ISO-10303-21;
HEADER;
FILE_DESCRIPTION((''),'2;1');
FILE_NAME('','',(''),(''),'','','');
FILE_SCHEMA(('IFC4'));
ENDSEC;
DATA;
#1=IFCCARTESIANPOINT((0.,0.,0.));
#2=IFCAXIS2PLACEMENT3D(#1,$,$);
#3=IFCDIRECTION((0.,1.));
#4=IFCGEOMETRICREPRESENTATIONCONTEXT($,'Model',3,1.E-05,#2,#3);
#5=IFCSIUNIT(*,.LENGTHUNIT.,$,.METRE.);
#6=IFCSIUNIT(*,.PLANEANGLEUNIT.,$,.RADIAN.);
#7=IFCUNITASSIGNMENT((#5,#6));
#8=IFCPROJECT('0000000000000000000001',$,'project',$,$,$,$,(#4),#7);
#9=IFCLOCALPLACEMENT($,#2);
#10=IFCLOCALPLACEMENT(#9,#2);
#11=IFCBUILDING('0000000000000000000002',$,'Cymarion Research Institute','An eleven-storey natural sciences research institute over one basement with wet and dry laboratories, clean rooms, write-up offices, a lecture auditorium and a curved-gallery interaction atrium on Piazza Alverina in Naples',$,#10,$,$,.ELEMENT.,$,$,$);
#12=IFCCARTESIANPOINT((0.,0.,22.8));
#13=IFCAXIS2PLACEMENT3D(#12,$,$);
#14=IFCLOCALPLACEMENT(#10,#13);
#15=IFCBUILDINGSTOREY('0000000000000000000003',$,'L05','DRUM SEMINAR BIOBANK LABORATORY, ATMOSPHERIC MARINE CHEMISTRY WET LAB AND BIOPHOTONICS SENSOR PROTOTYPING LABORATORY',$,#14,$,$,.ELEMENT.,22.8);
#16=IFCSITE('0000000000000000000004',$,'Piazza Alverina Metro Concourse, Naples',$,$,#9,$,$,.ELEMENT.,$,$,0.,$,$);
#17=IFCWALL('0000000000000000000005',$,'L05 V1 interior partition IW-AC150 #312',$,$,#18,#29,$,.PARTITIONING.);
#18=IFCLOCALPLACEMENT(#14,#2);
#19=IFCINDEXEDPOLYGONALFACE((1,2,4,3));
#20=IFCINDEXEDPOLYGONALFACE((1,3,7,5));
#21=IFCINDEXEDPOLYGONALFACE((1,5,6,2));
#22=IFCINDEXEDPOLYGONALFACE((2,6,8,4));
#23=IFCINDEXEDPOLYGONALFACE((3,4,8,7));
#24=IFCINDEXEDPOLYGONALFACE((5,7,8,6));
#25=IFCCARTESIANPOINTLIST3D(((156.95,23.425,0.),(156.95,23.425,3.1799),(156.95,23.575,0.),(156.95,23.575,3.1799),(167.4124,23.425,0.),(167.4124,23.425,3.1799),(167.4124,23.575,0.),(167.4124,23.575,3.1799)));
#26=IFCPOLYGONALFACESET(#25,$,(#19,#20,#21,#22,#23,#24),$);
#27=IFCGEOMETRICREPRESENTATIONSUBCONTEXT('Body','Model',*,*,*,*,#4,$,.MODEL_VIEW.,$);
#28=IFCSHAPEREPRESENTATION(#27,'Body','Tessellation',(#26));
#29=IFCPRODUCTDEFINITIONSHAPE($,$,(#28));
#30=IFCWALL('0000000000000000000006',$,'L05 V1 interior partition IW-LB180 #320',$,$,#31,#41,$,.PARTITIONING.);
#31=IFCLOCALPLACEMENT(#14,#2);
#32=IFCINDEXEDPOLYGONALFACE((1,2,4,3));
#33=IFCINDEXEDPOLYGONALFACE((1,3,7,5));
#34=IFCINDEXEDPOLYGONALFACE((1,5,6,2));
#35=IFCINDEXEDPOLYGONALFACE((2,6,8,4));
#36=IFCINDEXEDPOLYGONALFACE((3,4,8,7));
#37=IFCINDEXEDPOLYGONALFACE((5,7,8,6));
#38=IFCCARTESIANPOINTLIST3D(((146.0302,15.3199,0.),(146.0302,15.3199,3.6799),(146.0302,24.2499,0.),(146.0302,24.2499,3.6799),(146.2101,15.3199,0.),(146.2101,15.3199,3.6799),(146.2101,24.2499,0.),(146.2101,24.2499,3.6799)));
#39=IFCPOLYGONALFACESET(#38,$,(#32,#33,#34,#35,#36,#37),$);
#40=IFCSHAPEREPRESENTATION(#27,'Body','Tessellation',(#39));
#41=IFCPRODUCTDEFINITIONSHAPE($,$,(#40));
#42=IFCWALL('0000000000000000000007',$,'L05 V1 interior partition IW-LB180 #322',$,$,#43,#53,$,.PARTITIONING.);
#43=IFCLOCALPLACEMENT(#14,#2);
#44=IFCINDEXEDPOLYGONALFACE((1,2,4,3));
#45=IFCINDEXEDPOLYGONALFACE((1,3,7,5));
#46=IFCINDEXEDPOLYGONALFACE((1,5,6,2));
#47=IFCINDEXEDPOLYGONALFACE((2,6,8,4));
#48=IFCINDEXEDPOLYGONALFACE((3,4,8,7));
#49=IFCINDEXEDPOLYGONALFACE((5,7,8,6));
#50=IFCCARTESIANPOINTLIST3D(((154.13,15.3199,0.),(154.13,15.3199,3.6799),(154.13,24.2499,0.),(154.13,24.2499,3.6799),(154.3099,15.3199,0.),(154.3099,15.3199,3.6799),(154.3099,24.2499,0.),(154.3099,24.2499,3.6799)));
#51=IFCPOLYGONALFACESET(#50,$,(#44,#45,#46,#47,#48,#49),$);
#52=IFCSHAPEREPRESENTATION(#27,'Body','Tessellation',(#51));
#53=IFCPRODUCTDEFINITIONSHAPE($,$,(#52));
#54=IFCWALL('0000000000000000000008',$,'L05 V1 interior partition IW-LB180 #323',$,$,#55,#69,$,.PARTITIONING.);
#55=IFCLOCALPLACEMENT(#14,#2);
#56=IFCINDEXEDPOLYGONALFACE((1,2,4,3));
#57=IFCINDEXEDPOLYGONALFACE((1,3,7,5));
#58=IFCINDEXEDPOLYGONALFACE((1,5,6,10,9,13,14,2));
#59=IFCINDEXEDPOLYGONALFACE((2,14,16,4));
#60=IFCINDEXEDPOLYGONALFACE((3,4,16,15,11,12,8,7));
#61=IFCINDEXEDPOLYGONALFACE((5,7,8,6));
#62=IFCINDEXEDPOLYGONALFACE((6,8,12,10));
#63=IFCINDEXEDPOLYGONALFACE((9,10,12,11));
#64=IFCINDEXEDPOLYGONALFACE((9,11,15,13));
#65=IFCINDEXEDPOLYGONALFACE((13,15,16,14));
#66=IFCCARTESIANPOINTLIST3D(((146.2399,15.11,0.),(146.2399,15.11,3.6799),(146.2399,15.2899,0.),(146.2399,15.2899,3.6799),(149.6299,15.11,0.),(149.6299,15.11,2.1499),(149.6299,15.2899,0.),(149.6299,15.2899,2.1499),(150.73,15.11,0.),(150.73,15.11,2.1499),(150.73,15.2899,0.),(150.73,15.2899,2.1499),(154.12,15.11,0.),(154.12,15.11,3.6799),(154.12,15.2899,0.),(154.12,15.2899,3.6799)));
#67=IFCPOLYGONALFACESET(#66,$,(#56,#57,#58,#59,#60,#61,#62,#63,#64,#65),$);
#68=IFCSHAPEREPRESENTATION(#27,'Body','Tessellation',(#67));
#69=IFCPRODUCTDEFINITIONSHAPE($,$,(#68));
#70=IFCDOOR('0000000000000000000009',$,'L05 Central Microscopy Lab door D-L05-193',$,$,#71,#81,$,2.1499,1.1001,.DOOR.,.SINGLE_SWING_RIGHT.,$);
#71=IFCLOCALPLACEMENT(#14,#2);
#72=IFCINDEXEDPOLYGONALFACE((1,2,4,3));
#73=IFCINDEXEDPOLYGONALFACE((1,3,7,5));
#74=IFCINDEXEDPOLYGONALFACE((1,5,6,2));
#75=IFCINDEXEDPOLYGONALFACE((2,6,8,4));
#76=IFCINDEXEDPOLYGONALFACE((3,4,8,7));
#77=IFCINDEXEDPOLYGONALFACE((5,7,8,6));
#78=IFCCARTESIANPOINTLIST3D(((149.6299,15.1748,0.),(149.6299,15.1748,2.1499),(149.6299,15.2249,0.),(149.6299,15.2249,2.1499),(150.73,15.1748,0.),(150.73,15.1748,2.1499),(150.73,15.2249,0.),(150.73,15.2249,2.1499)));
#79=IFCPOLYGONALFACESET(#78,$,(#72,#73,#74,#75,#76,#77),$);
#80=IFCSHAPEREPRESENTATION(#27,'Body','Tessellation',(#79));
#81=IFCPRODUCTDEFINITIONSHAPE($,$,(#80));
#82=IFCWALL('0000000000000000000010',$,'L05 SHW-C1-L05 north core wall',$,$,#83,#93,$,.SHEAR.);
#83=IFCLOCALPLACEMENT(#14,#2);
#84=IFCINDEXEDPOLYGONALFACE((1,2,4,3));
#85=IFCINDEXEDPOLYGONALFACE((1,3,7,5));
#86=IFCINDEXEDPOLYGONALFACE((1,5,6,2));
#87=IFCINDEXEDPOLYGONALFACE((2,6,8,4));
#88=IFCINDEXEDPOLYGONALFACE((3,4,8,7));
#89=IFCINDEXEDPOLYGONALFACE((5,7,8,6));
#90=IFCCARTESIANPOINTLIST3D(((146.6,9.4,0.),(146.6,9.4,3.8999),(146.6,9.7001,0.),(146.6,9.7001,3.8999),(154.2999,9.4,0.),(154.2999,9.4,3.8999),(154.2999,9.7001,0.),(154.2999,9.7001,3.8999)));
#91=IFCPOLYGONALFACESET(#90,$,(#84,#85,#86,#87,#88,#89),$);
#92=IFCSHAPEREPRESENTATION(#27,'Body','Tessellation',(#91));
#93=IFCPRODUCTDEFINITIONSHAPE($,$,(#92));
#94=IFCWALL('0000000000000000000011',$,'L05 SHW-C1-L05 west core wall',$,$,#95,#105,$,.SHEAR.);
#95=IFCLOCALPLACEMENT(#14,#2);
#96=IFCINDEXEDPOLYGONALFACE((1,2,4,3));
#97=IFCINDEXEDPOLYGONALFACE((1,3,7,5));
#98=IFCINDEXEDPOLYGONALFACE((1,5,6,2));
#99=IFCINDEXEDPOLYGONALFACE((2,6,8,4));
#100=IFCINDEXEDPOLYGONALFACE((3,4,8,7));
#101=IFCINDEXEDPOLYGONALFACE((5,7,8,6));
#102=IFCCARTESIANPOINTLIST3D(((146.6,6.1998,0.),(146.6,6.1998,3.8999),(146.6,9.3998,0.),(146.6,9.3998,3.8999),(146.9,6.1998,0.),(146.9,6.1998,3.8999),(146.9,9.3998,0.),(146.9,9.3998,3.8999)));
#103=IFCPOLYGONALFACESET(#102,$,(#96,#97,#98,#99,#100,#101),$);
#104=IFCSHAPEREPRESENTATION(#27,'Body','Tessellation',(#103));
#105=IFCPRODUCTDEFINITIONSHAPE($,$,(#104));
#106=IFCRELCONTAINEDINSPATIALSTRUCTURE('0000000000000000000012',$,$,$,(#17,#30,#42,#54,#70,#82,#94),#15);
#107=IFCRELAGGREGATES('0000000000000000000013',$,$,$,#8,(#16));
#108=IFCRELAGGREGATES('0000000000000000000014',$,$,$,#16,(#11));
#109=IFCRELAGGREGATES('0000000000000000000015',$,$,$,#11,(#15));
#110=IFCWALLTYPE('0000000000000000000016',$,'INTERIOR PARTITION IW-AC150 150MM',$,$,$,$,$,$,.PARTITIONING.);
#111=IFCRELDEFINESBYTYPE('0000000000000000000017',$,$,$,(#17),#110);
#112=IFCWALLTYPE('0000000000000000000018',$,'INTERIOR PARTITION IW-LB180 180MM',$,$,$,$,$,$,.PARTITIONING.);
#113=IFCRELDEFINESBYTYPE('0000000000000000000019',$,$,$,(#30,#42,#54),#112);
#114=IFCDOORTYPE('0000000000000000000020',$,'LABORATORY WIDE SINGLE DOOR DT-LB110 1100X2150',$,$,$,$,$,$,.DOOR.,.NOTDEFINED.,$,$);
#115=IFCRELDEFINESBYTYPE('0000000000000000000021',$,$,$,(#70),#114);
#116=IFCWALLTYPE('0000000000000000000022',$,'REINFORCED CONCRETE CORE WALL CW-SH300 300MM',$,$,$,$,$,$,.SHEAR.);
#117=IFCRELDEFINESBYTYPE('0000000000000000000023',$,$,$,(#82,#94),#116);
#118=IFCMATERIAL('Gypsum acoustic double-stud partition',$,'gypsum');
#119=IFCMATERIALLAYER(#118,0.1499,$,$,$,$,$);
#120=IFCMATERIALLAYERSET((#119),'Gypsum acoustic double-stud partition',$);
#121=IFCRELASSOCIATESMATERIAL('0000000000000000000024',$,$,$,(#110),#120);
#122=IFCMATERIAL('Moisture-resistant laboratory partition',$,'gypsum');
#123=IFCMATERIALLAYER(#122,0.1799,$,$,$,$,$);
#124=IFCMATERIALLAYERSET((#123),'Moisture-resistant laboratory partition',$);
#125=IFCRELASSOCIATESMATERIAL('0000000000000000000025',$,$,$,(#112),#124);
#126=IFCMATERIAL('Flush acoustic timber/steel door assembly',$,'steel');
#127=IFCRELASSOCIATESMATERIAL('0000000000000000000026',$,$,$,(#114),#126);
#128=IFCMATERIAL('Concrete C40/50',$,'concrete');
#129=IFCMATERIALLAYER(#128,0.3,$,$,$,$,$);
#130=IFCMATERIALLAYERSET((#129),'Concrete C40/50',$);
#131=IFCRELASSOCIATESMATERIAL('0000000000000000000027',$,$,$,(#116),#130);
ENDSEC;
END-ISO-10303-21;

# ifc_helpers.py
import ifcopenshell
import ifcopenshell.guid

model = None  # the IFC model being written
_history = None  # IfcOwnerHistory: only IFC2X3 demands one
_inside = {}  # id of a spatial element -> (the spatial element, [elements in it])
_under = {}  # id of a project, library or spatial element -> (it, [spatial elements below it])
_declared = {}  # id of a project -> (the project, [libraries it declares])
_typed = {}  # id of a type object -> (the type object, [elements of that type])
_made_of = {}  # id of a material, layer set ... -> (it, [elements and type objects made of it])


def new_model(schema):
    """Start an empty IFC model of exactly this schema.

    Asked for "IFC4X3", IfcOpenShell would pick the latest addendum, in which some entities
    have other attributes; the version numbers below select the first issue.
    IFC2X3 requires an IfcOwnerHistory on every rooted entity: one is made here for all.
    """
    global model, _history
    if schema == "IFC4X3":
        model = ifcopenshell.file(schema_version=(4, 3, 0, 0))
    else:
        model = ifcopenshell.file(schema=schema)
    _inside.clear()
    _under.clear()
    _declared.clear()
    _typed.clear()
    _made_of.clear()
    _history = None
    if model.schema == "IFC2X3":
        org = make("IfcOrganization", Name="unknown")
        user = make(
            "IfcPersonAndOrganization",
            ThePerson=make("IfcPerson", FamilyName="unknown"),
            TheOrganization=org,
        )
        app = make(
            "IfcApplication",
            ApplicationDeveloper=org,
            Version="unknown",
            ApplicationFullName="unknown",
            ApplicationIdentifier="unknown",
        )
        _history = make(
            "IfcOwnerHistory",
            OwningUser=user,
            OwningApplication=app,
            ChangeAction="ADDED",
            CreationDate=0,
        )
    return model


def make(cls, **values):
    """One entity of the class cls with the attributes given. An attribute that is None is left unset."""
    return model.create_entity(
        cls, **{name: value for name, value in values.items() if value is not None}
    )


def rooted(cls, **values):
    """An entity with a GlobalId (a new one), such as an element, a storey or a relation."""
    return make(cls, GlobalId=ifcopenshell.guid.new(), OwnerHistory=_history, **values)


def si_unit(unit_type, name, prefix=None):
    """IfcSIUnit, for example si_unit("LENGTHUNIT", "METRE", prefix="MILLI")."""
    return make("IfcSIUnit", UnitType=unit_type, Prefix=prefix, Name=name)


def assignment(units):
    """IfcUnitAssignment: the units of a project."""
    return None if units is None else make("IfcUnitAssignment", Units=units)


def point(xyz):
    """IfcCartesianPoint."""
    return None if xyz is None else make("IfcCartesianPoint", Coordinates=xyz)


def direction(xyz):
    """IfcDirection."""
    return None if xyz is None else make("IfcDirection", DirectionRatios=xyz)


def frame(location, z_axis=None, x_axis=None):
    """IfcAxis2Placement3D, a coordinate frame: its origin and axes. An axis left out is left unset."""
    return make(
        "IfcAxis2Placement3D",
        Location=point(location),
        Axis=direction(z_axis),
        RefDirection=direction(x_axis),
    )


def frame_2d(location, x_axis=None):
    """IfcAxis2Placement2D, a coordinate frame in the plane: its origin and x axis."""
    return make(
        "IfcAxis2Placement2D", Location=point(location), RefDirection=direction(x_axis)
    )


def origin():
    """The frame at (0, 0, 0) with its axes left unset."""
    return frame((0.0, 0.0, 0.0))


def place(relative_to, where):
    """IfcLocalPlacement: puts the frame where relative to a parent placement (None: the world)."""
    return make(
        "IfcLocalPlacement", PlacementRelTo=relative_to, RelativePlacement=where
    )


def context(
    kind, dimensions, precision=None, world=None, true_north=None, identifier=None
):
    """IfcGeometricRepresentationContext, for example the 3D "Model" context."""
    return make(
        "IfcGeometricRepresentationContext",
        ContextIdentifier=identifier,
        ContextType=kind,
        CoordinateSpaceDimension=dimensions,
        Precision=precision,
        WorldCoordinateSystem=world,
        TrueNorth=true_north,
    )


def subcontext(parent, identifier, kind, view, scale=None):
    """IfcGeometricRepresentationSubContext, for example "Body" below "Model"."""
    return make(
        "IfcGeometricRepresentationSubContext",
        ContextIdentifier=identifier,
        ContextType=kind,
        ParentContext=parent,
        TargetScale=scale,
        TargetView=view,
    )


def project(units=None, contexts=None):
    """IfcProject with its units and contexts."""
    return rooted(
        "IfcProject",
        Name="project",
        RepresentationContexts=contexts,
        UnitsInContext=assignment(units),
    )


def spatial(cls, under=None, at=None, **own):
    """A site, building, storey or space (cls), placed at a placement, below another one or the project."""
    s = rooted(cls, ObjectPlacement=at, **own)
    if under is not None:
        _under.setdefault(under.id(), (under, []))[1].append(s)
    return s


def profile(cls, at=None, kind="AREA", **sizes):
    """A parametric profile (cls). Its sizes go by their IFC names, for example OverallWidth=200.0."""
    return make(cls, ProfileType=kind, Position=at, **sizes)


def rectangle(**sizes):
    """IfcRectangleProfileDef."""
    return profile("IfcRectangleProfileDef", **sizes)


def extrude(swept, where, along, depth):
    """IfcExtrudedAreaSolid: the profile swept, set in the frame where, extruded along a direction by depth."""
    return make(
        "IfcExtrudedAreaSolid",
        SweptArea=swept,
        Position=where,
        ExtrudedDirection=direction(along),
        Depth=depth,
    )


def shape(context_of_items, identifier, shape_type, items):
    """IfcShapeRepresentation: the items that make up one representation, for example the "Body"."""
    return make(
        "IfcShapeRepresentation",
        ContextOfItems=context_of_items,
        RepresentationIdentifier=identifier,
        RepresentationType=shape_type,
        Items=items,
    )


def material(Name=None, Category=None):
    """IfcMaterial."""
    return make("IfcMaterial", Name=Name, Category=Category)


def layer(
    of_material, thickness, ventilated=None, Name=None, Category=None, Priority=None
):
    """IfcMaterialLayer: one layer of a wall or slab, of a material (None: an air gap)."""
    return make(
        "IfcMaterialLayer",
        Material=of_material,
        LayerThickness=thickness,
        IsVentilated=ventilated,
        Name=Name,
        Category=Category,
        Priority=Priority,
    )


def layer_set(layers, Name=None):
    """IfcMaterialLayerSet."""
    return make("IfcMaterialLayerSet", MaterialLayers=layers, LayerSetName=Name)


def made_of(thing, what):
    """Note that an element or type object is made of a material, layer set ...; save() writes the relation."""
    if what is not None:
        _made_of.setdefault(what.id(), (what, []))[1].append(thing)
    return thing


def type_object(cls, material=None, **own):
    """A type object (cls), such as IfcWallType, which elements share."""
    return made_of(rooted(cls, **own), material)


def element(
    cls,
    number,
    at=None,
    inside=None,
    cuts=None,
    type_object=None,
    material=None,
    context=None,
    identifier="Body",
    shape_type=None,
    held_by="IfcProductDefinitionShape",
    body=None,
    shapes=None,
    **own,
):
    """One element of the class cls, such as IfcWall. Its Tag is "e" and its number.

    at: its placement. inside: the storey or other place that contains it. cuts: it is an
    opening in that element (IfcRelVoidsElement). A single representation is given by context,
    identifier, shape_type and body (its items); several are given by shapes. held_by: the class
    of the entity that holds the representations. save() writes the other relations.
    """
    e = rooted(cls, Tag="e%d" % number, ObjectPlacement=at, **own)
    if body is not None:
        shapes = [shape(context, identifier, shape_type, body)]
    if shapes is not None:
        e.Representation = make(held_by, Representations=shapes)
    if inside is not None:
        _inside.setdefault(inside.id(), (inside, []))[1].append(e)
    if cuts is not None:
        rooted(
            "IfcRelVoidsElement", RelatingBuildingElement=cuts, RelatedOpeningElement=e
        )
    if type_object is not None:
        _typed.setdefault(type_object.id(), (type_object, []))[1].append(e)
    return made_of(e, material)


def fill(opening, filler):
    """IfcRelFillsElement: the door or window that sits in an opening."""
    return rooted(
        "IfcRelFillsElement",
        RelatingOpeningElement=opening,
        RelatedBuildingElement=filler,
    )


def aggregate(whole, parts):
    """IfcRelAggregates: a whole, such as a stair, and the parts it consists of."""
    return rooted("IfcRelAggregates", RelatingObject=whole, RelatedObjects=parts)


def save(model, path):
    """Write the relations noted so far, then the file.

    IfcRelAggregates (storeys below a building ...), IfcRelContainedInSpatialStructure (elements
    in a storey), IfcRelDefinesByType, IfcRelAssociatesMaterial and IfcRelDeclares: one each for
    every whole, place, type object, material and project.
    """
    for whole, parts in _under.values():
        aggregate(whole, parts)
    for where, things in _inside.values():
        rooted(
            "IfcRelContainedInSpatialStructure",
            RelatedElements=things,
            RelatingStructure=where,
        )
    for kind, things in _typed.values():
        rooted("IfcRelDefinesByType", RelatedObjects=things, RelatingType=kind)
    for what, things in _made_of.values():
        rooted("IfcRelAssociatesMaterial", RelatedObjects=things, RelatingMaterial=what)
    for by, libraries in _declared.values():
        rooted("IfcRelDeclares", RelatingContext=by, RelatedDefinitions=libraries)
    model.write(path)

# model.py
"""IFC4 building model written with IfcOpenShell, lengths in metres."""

from ifc_helpers import new_model, si_unit, direction, frame, frame_2d, origin, place, context, subcontext, project, spatial, rectangle, extrude, material, layer, layer_set, type_object, element, fill, save


model = new_model("IFC4")

# Units and contexts
model_context = context("Model", 3, precision=1e-05, world=origin(), true_north=direction((0.0, 1.0)))
body_context = subcontext(model_context, "Body", "Model", "MODEL_VIEW")
ifc_project = project(units=[si_unit("LENGTHUNIT", "METRE"), si_unit("PLANEANGLEUNIT", "RADIAN")], contexts=[model_context])

# Site, building, storey
site_placement = place(None, origin())
site = spatial("IfcSite", under=ifc_project, at=site_placement, Name="Piazza Alverina Metro Concourse, Naples", CompositionType="ELEMENT", RefElevation=0.0)
building_placement = place(site_placement, origin())
building = spatial("IfcBuilding", under=site, at=building_placement, Name="Cymarion Research Institute", Description="An eleven-storey natural sciences research institute over one basement with wet and dry laboratories, clean rooms, write-up offices, a lecture auditorium and a curved-gallery interaction atrium on Piazza Alverina in Naples", CompositionType="ELEMENT")
storey_placement = place(building_placement, frame((0.0, 0.0, 22.8)))
storey = spatial("IfcBuildingStorey", under=building, at=storey_placement, Name="L05", Description="DRUM SEMINAR BIOBANK LABORATORY, ATMOSPHERIC MARINE CHEMISTRY WET LAB AND BIOPHOTONICS SENSOR PROTOTYPING LABORATORY", CompositionType="ELEMENT", Elevation=22.8)

# Walls
ifc_material_1 = material(Name="Gypsum acoustic double-stud partition", Category="gypsum")
ifc_layer_1 = layer(ifc_material_1, 0.1499)
ifc_layer_set_1 = layer_set([ifc_layer_1], Name="Gypsum acoustic double-stud partition")
wall_type_1 = type_object("IfcWallType", Name="INTERIOR PARTITION IW-AC150 150MM", PredefinedType="PARTITIONING", material=ifc_layer_set_1)
wall_1_placement = place(storey_placement, frame((156.95, 23.5, 0.0), z_axis=(0.0, 0.0, 1.0), x_axis=(1.0, 0.0, 0.0)))
element("IfcWall", 1, at=wall_1_placement, inside=storey, type_object=wall_type_1, Name="L05 V1 interior partition IW-AC150 #312", PredefinedType="PARTITIONING", context=body_context, shape_type="SweptSolid", body=[
    extrude(rectangle(XDim=10.4624, YDim=0.1499, at=frame_2d((5.2312, 0.0))), origin(), (0.0, 0.0, 1.0), 3.1799),
])
ifc_material_2 = material(Name="Moisture-resistant laboratory partition", Category="gypsum")
ifc_layer_2 = layer(ifc_material_2, 0.1799)
ifc_layer_set_2 = layer_set([ifc_layer_2], Name="Moisture-resistant laboratory partition")
wall_type_2 = type_object("IfcWallType", Name="INTERIOR PARTITION IW-LB180 180MM", PredefinedType="PARTITIONING", material=ifc_layer_set_2)
for number, where, z_axis, x_axis, name in (
    (2, (146.1201, 15.3201, 0.0), (0.0, 0.0, 1.0), (0.0, 1.0, 0.0), "L05 V1 interior partition IW-LB180 #320"),
    (3, (154.22, 15.3201, 0.0), (0.0, 0.0, 1.0), (0.0, 1.0, 0.0), "L05 V1 interior partition IW-LB180 #322"),
):
    element("IfcWall", number, at=place(storey_placement, frame(where, z_axis=z_axis, x_axis=x_axis)), inside=storey, type_object=wall_type_2, Name=name, PredefinedType="PARTITIONING", context=body_context, shape_type="SweptSolid", body=[
        extrude(rectangle(XDim=8.9299, YDim=0.1799, at=frame_2d((4.4648, 0.0))), origin(), (0.0, 0.0, 1.0), 3.6799),
    ])

# Wall, opening, door
wall_2_placement = place(storey_placement, frame((146.24, 15.2, 0.0), z_axis=(0.0, 0.0, 1.0), x_axis=(1.0, 0.0, 0.0)))
wall_2 = element("IfcWall", 4, at=wall_2_placement, inside=storey, type_object=wall_type_2, Name="L05 V1 interior partition IW-LB180 #323", PredefinedType="PARTITIONING", context=body_context, shape_type="SweptSolid", body=[
    extrude(rectangle(XDim=7.8801, YDim=0.1799, at=frame_2d((3.9399, 0.0))), origin(), (0.0, 0.0, 1.0), 3.6799),
])
opening_placement = place(wall_2_placement, frame((3.3899, 0.0, 0.0)))
opening = element("IfcOpeningElement", 5, at=opening_placement, cuts=wall_2, PredefinedType="OPENING", context=body_context, shape_type="SweptSolid", body=[
    extrude(rectangle(XDim=1.1001, YDim=2.1499, at=frame_2d((0.55, 1.075))), frame((0.0, 0.0999, 0.0), z_axis=(0.0, -1.0, 0.0), x_axis=(1.0, 0.0, 0.0)), (0.0, 0.0, 1.0), 0.2),
])
ifc_material_3 = material(Name="Flush acoustic timber/steel door assembly", Category="steel")
door_type = type_object("IfcDoorType", Name="LABORATORY WIDE SINGLE DOOR DT-LB110 1100X2150", OperationType="NOTDEFINED", PredefinedType="DOOR", material=ifc_material_3)
door_placement = place(opening_placement, origin())
door = element("IfcDoor", 6, at=door_placement, inside=storey, type_object=door_type, Name="L05 Central Microscopy Lab door D-L05-193", OperationType="SINGLE_SWING_RIGHT", OverallHeight=2.1499, OverallWidth=1.1001, PredefinedType="DOOR", context=body_context, shape_type="SweptSolid", body=[
    extrude(rectangle(XDim=1.1001, YDim=2.1499, at=frame_2d((0.55, 1.075))), frame((0.0, 0.0249, 0.0), z_axis=(0.0, -1.0, 0.0), x_axis=(1.0, 0.0, 0.0)), (0.0, 0.0, 1.0), 0.05),
])
fill(opening, door)

# Walls
ifc_material_4 = material(Name="Concrete C40/50", Category="concrete")
ifc_layer_3 = layer(ifc_material_4, 0.3)
ifc_layer_set_3 = layer_set([ifc_layer_3], Name="Concrete C40/50")
wall_type_3 = type_object("IfcWallType", Name="REINFORCED CONCRETE CORE WALL CW-SH300 300MM", PredefinedType="SHEAR", material=ifc_layer_set_3)
wall_3_placement = place(storey_placement, frame((154.3, 9.55, 0.0), z_axis=(0.0, 0.0, 1.0), x_axis=(-1.0, 0.0, 0.0)))
element("IfcWall", 7, at=wall_3_placement, inside=storey, type_object=wall_type_3, Name="L05 SHW-C1-L05 north core wall", PredefinedType="SHEAR", context=body_context, shape_type="SweptSolid", body=[
    extrude(rectangle(XDim=7.7, YDim=0.3, at=frame_2d((3.8501, 0.0))), origin(), (0.0, 0.0, 1.0), 3.8999),
])
wall_4_placement = place(storey_placement, frame((146.75, 9.3999, 0.0), z_axis=(0.0, 0.0, 1.0), x_axis=(0.0, -1.0, 0.0)))
element("IfcWall", 8, at=wall_4_placement, inside=storey, type_object=wall_type_3, Name="L05 SHW-C1-L05 west core wall", PredefinedType="SHEAR", context=body_context, shape_type="SweptSolid", body=[
    extrude(rectangle(XDim=3.2, YDim=0.3, at=frame_2d((1.6001, 0.0))), origin(), (0.0, 0.0, 1.0), 3.8999),
])

save(model, "model.ifc")
